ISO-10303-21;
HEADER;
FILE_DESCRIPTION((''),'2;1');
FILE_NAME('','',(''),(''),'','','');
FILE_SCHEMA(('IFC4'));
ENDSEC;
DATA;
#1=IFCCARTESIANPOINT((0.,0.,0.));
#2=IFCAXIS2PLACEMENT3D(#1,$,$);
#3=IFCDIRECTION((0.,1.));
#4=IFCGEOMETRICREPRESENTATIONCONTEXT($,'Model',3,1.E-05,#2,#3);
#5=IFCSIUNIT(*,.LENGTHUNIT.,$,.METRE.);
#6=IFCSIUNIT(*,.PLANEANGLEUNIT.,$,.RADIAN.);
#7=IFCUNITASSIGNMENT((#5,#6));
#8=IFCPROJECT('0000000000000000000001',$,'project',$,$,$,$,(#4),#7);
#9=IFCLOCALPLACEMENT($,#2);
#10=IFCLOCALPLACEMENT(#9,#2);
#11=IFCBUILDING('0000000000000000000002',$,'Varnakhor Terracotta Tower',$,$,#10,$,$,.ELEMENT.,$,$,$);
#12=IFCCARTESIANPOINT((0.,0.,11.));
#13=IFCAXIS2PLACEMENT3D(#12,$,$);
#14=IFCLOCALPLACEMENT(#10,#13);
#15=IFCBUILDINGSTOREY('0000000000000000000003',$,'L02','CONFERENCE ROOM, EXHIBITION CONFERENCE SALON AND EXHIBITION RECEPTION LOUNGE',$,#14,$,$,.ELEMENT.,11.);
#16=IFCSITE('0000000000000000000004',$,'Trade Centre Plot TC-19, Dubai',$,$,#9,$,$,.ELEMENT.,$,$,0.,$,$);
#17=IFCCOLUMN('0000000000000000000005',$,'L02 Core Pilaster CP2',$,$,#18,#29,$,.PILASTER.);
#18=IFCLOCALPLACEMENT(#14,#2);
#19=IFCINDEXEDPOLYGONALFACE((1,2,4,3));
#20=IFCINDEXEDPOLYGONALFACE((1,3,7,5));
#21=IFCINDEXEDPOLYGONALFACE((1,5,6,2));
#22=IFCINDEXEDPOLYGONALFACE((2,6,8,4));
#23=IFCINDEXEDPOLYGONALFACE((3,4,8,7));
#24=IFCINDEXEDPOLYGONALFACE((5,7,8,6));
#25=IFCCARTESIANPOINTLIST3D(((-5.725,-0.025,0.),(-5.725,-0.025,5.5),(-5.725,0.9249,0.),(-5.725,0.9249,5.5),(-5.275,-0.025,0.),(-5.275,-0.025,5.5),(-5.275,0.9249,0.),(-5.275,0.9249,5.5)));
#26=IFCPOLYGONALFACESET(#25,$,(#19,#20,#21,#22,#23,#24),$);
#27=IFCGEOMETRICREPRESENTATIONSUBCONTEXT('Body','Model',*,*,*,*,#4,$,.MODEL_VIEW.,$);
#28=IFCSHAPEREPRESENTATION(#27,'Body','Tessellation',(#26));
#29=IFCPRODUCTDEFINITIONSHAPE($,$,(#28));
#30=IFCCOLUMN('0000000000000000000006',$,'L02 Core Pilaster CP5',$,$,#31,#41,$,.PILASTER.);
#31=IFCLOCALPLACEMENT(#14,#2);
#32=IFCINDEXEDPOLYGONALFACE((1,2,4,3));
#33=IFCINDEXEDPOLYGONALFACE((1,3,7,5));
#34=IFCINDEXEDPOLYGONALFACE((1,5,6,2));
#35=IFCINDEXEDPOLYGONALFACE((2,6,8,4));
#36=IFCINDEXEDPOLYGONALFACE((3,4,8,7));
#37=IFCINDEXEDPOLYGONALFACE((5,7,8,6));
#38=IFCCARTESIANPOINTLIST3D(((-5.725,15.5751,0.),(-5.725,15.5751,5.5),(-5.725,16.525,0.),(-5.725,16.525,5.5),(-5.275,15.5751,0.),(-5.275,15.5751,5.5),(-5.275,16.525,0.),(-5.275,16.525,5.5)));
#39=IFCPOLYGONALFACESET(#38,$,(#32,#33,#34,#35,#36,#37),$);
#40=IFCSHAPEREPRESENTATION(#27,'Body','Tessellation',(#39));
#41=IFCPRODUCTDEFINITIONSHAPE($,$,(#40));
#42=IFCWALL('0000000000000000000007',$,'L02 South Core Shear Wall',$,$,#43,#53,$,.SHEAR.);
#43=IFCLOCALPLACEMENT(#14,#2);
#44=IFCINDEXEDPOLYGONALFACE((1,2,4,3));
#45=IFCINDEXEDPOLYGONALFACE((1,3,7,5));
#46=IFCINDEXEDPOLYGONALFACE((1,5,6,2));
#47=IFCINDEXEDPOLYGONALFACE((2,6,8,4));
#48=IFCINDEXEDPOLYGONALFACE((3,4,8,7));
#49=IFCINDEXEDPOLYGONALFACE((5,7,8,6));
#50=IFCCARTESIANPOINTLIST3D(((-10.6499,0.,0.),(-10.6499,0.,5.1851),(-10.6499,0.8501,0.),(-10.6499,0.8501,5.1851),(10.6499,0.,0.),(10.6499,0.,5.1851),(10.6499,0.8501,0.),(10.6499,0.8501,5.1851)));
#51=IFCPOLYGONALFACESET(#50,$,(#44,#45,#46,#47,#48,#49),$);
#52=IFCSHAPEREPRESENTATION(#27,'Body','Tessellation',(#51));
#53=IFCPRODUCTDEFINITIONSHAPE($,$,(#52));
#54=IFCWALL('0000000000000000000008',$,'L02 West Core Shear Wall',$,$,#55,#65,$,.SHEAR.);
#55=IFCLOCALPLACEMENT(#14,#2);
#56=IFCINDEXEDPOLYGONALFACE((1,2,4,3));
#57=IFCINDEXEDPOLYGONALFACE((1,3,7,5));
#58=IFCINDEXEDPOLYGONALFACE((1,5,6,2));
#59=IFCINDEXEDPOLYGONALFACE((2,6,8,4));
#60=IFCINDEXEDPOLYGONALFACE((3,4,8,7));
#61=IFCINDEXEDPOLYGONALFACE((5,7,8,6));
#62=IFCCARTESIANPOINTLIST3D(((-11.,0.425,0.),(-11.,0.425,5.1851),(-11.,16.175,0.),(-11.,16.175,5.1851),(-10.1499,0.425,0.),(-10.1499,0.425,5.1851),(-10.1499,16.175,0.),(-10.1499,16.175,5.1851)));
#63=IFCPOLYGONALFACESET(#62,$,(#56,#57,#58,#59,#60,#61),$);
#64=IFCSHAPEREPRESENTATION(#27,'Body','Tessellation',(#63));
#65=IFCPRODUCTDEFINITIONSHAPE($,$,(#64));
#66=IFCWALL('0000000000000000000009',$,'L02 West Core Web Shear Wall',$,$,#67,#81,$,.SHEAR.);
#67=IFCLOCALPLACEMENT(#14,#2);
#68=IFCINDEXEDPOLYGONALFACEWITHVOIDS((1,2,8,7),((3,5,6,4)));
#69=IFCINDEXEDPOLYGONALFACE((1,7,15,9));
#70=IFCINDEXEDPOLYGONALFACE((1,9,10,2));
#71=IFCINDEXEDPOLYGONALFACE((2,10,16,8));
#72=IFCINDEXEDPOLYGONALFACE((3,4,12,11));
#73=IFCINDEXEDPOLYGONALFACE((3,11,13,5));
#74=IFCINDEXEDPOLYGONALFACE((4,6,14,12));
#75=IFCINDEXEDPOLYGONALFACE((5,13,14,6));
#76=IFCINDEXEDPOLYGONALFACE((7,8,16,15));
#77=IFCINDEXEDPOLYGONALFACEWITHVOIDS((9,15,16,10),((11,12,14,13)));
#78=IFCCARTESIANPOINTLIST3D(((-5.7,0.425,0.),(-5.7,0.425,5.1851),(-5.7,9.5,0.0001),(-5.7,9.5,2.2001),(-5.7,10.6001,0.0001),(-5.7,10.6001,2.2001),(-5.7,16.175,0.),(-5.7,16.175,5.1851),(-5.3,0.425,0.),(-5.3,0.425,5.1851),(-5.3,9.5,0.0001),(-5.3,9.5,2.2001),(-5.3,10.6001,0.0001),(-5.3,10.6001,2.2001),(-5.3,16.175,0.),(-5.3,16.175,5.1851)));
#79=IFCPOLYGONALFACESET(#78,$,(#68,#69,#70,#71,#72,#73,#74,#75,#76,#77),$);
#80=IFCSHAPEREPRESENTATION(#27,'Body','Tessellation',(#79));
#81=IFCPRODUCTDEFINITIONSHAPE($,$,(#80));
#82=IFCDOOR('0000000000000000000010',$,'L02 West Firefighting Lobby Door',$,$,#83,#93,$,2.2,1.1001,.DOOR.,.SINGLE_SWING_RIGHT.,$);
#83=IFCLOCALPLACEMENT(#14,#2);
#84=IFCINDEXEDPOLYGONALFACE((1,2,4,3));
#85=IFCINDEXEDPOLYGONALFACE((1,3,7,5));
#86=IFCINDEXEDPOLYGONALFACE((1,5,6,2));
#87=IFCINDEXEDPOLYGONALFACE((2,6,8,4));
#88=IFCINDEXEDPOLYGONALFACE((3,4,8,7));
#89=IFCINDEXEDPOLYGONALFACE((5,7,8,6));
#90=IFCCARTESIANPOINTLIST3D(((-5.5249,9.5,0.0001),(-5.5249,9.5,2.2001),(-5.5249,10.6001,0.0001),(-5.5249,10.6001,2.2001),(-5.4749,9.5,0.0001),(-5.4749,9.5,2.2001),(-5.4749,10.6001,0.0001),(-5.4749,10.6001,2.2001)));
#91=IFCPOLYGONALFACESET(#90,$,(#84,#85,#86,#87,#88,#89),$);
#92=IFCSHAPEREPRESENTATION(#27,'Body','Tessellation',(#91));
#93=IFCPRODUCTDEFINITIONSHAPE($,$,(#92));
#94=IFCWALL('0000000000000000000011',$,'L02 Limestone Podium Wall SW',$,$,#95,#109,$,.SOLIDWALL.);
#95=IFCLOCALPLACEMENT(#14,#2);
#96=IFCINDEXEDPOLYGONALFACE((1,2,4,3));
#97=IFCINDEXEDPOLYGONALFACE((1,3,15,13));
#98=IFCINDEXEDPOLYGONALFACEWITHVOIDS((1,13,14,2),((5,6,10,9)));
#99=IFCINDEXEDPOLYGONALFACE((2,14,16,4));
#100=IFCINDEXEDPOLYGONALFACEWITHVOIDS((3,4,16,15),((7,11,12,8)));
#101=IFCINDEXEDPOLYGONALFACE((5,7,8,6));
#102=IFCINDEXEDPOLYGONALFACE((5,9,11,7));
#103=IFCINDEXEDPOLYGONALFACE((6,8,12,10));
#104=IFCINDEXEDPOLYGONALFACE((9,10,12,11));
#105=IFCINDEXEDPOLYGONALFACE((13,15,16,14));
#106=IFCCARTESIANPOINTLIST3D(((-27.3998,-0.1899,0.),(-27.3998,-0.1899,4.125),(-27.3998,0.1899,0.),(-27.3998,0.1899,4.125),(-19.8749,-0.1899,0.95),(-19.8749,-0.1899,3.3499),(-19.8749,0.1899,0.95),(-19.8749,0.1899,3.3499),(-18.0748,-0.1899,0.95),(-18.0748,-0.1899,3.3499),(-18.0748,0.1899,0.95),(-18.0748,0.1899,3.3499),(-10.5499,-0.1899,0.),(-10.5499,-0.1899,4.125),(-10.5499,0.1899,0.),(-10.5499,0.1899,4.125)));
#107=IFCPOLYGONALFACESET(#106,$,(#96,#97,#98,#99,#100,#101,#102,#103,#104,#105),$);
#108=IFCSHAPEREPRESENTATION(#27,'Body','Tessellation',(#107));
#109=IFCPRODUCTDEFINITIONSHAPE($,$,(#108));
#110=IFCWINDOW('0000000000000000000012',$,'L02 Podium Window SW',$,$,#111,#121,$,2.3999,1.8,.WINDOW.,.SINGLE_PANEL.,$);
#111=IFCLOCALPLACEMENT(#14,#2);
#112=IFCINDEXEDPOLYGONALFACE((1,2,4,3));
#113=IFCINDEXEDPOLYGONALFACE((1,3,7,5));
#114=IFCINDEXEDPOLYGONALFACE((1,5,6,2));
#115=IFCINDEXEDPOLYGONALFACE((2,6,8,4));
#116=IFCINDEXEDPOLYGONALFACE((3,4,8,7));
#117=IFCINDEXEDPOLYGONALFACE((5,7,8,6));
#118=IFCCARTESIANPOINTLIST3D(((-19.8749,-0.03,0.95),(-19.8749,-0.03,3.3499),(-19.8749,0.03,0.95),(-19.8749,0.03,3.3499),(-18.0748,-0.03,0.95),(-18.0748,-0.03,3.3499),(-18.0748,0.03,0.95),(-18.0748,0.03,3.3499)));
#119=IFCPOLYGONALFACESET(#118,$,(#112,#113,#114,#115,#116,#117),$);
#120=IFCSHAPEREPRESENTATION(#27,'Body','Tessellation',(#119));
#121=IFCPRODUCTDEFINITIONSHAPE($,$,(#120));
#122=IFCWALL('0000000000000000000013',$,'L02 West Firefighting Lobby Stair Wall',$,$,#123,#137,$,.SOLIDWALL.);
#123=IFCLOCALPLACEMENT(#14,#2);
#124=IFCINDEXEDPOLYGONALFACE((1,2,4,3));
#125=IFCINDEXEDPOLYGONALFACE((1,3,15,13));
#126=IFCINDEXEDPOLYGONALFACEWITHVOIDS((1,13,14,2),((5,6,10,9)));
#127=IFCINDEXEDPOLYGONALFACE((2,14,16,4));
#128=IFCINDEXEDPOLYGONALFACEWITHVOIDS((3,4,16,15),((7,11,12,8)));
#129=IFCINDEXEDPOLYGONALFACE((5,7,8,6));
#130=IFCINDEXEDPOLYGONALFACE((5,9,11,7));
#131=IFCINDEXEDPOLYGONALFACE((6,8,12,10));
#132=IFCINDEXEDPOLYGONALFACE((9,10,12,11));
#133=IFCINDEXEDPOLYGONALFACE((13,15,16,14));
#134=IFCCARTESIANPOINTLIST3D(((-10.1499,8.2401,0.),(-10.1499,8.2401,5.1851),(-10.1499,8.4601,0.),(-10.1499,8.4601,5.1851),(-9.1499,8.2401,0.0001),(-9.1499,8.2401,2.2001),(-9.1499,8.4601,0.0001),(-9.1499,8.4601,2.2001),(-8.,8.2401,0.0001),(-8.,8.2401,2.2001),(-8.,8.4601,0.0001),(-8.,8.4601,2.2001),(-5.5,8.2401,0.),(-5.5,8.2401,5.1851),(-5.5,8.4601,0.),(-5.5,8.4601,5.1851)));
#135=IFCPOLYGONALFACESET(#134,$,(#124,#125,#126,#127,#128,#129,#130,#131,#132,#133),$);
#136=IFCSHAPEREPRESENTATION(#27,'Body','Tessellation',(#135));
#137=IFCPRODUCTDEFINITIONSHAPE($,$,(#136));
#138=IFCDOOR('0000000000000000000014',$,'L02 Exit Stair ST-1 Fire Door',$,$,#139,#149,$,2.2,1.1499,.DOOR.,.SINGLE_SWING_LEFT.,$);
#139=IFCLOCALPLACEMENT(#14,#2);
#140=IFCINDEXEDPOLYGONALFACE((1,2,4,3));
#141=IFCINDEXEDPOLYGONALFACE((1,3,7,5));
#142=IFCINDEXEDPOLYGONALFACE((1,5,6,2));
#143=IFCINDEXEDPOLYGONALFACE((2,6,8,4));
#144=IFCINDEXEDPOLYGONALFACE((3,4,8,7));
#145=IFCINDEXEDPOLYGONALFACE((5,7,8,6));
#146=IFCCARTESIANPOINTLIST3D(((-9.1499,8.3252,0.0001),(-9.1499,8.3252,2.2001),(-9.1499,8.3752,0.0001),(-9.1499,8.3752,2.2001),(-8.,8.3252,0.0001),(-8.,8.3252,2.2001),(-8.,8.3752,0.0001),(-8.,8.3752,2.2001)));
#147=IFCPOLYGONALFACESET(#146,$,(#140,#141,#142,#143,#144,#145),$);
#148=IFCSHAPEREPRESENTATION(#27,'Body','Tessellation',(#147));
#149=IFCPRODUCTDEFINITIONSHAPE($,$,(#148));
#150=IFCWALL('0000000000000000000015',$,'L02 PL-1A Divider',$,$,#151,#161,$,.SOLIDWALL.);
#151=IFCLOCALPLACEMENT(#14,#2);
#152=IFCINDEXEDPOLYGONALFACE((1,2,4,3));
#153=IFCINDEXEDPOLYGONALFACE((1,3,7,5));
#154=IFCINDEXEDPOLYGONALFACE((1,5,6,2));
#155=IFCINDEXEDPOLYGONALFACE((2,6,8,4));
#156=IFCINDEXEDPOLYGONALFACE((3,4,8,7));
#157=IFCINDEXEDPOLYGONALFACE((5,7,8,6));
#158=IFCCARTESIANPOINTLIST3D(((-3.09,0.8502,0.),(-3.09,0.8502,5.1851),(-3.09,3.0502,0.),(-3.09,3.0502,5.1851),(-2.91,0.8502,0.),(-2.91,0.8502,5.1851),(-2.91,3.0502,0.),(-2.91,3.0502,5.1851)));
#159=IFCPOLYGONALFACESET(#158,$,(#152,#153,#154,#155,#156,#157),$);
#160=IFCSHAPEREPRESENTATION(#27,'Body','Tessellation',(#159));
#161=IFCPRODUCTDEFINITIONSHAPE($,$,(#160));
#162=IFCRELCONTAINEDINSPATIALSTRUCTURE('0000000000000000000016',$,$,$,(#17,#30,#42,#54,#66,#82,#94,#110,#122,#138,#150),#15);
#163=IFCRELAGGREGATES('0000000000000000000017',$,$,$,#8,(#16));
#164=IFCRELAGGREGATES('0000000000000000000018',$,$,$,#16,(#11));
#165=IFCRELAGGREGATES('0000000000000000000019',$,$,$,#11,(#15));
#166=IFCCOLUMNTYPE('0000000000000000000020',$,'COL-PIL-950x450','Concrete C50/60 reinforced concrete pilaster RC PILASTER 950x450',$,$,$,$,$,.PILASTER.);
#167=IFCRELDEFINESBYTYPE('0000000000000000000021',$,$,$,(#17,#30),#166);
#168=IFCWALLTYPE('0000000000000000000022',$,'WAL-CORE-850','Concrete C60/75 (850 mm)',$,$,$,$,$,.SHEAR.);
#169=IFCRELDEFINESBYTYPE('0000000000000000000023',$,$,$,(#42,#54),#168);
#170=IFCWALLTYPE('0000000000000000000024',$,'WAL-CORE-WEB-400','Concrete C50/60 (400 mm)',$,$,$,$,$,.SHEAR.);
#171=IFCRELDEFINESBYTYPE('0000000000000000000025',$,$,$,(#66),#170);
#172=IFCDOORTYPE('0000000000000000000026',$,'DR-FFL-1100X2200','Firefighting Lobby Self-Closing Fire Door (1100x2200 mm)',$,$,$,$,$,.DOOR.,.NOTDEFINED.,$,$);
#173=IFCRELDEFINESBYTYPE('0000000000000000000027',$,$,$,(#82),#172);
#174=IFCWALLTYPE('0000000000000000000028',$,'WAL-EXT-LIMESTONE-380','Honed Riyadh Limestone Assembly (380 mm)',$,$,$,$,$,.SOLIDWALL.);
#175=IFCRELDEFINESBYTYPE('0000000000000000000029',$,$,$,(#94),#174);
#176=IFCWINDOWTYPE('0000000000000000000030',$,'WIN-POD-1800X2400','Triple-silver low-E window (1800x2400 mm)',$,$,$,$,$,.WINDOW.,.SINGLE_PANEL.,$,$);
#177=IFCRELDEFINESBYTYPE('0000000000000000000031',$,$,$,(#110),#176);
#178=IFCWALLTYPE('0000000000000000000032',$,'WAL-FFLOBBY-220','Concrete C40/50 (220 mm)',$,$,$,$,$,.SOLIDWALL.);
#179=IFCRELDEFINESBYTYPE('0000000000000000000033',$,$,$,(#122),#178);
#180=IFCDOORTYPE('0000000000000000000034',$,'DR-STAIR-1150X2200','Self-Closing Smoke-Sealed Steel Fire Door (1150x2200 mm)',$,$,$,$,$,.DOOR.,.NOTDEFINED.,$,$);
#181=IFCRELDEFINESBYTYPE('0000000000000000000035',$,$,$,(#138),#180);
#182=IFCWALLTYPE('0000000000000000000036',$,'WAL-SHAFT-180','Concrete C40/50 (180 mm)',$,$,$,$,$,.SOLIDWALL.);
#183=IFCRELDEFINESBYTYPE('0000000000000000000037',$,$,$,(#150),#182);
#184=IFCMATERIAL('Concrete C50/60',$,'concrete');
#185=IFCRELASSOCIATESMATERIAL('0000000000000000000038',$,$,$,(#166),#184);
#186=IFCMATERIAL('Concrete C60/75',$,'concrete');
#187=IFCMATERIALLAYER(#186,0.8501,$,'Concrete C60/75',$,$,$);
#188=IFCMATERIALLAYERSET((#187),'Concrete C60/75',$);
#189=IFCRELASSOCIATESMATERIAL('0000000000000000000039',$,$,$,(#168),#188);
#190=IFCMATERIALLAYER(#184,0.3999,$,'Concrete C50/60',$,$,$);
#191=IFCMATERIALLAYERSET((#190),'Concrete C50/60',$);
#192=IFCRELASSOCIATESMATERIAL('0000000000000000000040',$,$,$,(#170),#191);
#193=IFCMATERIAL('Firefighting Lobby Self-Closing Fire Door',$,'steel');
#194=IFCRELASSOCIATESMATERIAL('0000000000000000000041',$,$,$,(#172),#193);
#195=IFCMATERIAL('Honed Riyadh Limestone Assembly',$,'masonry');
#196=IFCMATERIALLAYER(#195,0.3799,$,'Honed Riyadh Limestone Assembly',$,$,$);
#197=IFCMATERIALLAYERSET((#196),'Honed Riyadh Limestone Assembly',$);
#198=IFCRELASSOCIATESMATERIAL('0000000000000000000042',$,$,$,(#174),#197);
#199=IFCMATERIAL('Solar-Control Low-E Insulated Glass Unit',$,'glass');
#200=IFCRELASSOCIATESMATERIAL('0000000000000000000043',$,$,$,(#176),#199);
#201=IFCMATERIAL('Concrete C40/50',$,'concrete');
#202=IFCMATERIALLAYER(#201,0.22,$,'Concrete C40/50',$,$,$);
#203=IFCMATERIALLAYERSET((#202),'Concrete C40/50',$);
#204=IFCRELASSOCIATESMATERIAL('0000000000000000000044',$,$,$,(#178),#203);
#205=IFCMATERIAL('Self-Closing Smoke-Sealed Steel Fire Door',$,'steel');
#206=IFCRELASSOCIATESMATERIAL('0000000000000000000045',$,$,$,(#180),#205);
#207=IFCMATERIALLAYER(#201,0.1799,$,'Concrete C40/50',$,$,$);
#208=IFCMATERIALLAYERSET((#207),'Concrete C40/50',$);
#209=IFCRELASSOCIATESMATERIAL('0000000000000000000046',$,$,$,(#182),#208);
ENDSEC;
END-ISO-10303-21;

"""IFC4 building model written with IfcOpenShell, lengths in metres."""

from ifc_helpers import new_model, si_unit, direction, frame, frame_2d, origin, origin_2d, place, context, subcontext, project, spatial, rectangle, extrude, source, transform, mapped, material, layer, layer_set, material_profile, profile_set, type_object, type_shapes, element, fill, save


model = new_model("IFC4")

# Units and contexts
model_context = context("Model", 3, precision=1e-05, world=origin(), true_north=direction((0.0, 1.0)))
body_context = subcontext(model_context, "Body", "Model", "MODEL_VIEW")
ifc_project = project(units=[si_unit("LENGTHUNIT", "METRE"), si_unit("PLANEANGLEUNIT", "RADIAN")], contexts=[model_context])

# Site, building, storey
site_placement = place(None, origin())
site = spatial("IfcSite", under=ifc_project, at=site_placement, Name="Trade Centre Plot TC-19, Dubai", CompositionType="ELEMENT", RefElevation=0.0)
building_placement = place(site_placement, origin())
building = spatial("IfcBuilding", under=site, at=building_placement, Name="Varnakhor Terracotta Tower", CompositionType="ELEMENT")
storey_placement = place(building_placement, frame((0.0, 0.0, 11.0)))
storey = spatial("IfcBuildingStorey", under=building, at=storey_placement, Name="L02", Description="CONFERENCE ROOM, EXHIBITION CONFERENCE SALON AND EXHIBITION RECEPTION LOUNGE", CompositionType="ELEMENT", Elevation=11.0)

# Columns
ifc_material_1 = material(Name="Concrete C50/60", Category="concrete")
ifc_material_profile = material_profile(ifc_material_1, rectangle(XDim=0.45, YDim=0.95, at=origin_2d()), Name="RC PILASTER 950x450")
ifc_profile_set = profile_set([ifc_material_profile], Name="Concrete C50/60")
column_type = type_object("IfcColumnType", Name="COL-PIL-950x450", Description="Concrete C50/60 reinforced concrete pilaster RC PILASTER 950x450", PredefinedType="PILASTER", material=ifc_profile_set)
shared_shape_1 = source(origin(), body_context, "Body", "SweptSolid", [
    extrude(rectangle(XDim=0.45, YDim=0.95, at=origin_2d()), origin(), (0.0, 0.0, 1.0), 5.5),
])
for number, where, z_axis, x_axis, name in (
    (1, (-5.5, 0.45, 0.0), (0.0, 0.0, 1.0), (1.0, 0.0, 0.0), "L02 Core Pilaster CP2"),
    (2, (-5.5, 16.05, 0.0), (0.0, 0.0, 1.0), (1.0, 0.0, 0.0), "L02 Core Pilaster CP5"),
):
    element("IfcColumn", number, at=place(storey_placement, frame(where, z_axis=z_axis, x_axis=x_axis)), inside=storey, type_object=column_type, Name=name, PredefinedType="PILASTER", context=body_context, shape_type="MappedRepresentation", body=[
        mapped(shared_shape_1, transform((0.0, 0.0, 0.0), scale=1.0)),
    ])

# Walls
ifc_material_2 = material(Name="Concrete C60/75", Category="concrete")
ifc_layer_1 = layer(ifc_material_2, 0.8501, Name="Concrete C60/75")
ifc_layer_set_1 = layer_set([ifc_layer_1], Name="Concrete C60/75")
wall_type_1 = type_object("IfcWallType", Name="WAL-CORE-850", Description="Concrete C60/75 (850 mm)", PredefinedType="SHEAR", material=ifc_layer_set_1)
wall_1_placement = place(storey_placement, frame((-10.6499, 0.425, 0.0), z_axis=(0.0, 0.0, 1.0), x_axis=(1.0, 0.0, 0.0)))
element("IfcWall", 3, at=wall_1_placement, inside=storey, type_object=wall_type_1, Name="L02 South Core Shear Wall", PredefinedType="SHEAR", context=body_context, shape_type="SweptSolid", body=[
    extrude(rectangle(XDim=21.2998, YDim=0.8501, at=frame_2d((10.6499, 0.0))), origin(), (0.0, 0.0, 1.0), 5.1851),
])
wall_2_placement = place(storey_placement, frame((-10.575, 0.425, 0.0), z_axis=(0.0, 0.0, 1.0), x_axis=(0.0, 1.0, 0.0)))
element("IfcWall", 4, at=wall_2_placement, inside=storey, type_object=wall_type_1, Name="L02 West Core Shear Wall", PredefinedType="SHEAR", context=body_context, shape_type="SweptSolid", body=[
    extrude(rectangle(XDim=15.75, YDim=0.8501, at=frame_2d((7.875, 0.0))), origin(), (0.0, 0.0, 1.0), 5.1851),
])

# Wall, opening, door
ifc_layer_2 = layer(ifc_material_1, 0.3999, Name="Concrete C50/60")
ifc_layer_set_2 = layer_set([ifc_layer_2], Name="Concrete C50/60")
wall_type_2 = type_object("IfcWallType", Name="WAL-CORE-WEB-400", Description="Concrete C50/60 (400 mm)", PredefinedType="SHEAR", material=ifc_layer_set_2)
wall_3_placement = place(storey_placement, frame((-5.5, 0.425, 0.0), z_axis=(0.0, 0.0, 1.0), x_axis=(0.0, 1.0, 0.0)))
wall_3 = element("IfcWall", 5, at=wall_3_placement, inside=storey, type_object=wall_type_2, Name="L02 West Core Web Shear Wall", PredefinedType="SHEAR", context=body_context, shape_type="SweptSolid", body=[
    extrude(rectangle(XDim=15.75, YDim=0.3999, at=frame_2d((7.875, 0.0))), origin(), (0.0, 0.0, 1.0), 5.1851),
])
opening_1_placement = place(wall_3_placement, frame((9.075, 0.0, 0.0)))
opening_1 = element("IfcOpeningElement", 6, at=opening_1_placement, cuts=wall_3, PredefinedType="OPENING", context=body_context, shape_type="SweptSolid", body=[
    extrude(rectangle(XDim=1.1001, YDim=2.2, at=frame_2d((0.55, 1.1001))), frame((0.0, 0.21, 0.0), z_axis=(0.0, -1.0, 0.0), x_axis=(1.0, 0.0, 0.0)), (0.0, 0.0, 1.0), 0.4199),
])
ifc_material_3 = material(Name="Firefighting Lobby Self-Closing Fire Door", Category="steel")
door_type_1 = type_object("IfcDoorType", Name="DR-FFL-1100X2200", Description="Firefighting Lobby Self-Closing Fire Door (1100x2200 mm)", OperationType="NOTDEFINED", PredefinedType="DOOR", material=ifc_material_3)
shared_shape_2 = source(origin(), body_context, "Body", "SweptSolid", [
    extrude(rectangle(XDim=1.1001, YDim=2.2, at=frame_2d((0.55, 1.1001))), frame((0.0, 0.0249, 0.0), z_axis=(0.0, -1.0, 0.0), x_axis=(1.0, 0.0, 0.0)), (0.0, 0.0, 1.0), 0.05),
])
type_shapes(door_type_1, [shared_shape_2])
door_1_placement = place(opening_1_placement, origin())
door_1 = element("IfcDoor", 7, at=door_1_placement, inside=storey, type_object=door_type_1, Name="L02 West Firefighting Lobby Door", OperationType="SINGLE_SWING_RIGHT", OverallHeight=2.2, OverallWidth=1.1001, PredefinedType="DOOR", context=body_context, shape_type="MappedRepresentation", body=[
    mapped(shared_shape_2, transform((0.0, 0.0, 0.0), scale=1.0)),
])
fill(opening_1, door_1)

# Wall, opening, window
ifc_material_4 = material(Name="Honed Riyadh Limestone Assembly", Category="masonry")
ifc_layer_3 = layer(ifc_material_4, 0.3799, Name="Honed Riyadh Limestone Assembly")
ifc_layer_set_3 = layer_set([ifc_layer_3], Name="Honed Riyadh Limestone Assembly")
wall_type_3 = type_object("IfcWallType", Name="WAL-EXT-LIMESTONE-380", Description="Honed Riyadh Limestone Assembly (380 mm)", PredefinedType="SOLIDWALL", material=ifc_layer_set_3)
wall_4_placement = place(storey_placement, frame((-10.55, 0.0, 0.0), z_axis=(0.0, 0.0, 1.0), x_axis=(-1.0, 0.0, 0.0)))
wall_4 = element("IfcWall", 8, at=wall_4_placement, inside=storey, type_object=wall_type_3, Name="L02 Limestone Podium Wall SW", PredefinedType="SOLIDWALL", context=body_context, shape_type="SweptSolid", body=[
    extrude(rectangle(XDim=16.8499, YDim=0.3799, at=frame_2d((8.4248, 0.0))), origin(), (0.0, 0.0, 1.0), 4.125),
])
opening_2_placement = place(wall_4_placement, frame((7.5249, 0.0, 0.95)))
opening_2 = element("IfcOpeningElement", 9, at=opening_2_placement, cuts=wall_4, PredefinedType="OPENING", context=body_context, shape_type="SweptSolid", body=[
    extrude(rectangle(XDim=1.8, YDim=2.3999, at=frame_2d((0.8999, 1.2))), frame((0.0, 0.2, 0.0), z_axis=(0.0, -1.0, 0.0), x_axis=(1.0, 0.0, 0.0)), (0.0, 0.0, 1.0), 0.3999),
])
ifc_material_5 = material(Name="Solar-Control Low-E Insulated Glass Unit", Category="glass")
window_type = type_object("IfcWindowType", Name="WIN-POD-1800X2400", Description="Triple-silver low-E window (1800x2400 mm)", PartitioningType="SINGLE_PANEL", PredefinedType="WINDOW", material=ifc_material_5)
shared_shape_3 = source(origin(), body_context, "Body", "SweptSolid", [
    extrude(rectangle(XDim=1.8, YDim=2.3999, at=frame_2d((0.8999, 1.2))), frame((0.0, 0.03, 0.0), z_axis=(0.0, -1.0, 0.0), x_axis=(1.0, 0.0, 0.0)), (0.0, 0.0, 1.0), 0.0601),
])
type_shapes(window_type, [shared_shape_3])
window_placement = place(opening_2_placement, origin())
window = element("IfcWindow", 10, at=window_placement, inside=storey, type_object=window_type, Name="L02 Podium Window SW", OverallHeight=2.3999, OverallWidth=1.8, PartitioningType="SINGLE_PANEL", PredefinedType="WINDOW", context=body_context, shape_type="MappedRepresentation", body=[
    mapped(shared_shape_3, transform((0.0, 0.0, 0.0), scale=1.0)),
])
fill(opening_2, window)

# Wall, opening, door
ifc_material_6 = material(Name="Concrete C40/50", Category="concrete")
ifc_layer_4 = layer(ifc_material_6, 0.22, Name="Concrete C40/50")
ifc_layer_set_4 = layer_set([ifc_layer_4], Name="Concrete C40/50")
wall_type_4 = type_object("IfcWallType", Name="WAL-FFLOBBY-220", Description="Concrete C40/50 (220 mm)", PredefinedType="SOLIDWALL", material=ifc_layer_set_4)
wall_5_placement = place(storey_placement, frame((-5.5, 8.3501, 0.0), z_axis=(0.0, 0.0, 1.0), x_axis=(-1.0, 0.0, 0.0)))
wall_5 = element("IfcWall", 11, at=wall_5_placement, inside=storey, type_object=wall_type_4, Name="L02 West Firefighting Lobby Stair Wall", PredefinedType="SOLIDWALL", context=body_context, shape_type="SweptSolid", body=[
    extrude(rectangle(XDim=4.6499, YDim=0.22, at=frame_2d((2.325, 0.0))), origin(), (0.0, 0.0, 1.0), 5.1851),
])
opening_3_placement = place(wall_5_placement, frame((2.5, 0.0, 0.0)))
opening_3 = element("IfcOpeningElement", 12, at=opening_3_placement, cuts=wall_5, PredefinedType="OPENING", context=body_context, shape_type="SweptSolid", body=[
    extrude(rectangle(XDim=1.1499, YDim=2.2, at=frame_2d((0.575, 1.1001))), frame((0.0, 0.1201, 0.0), z_axis=(0.0, -1.0, 0.0), x_axis=(1.0, 0.0, 0.0)), (0.0, 0.0, 1.0), 0.24),
])
ifc_material_7 = material(Name="Self-Closing Smoke-Sealed Steel Fire Door", Category="steel")
door_type_2 = type_object("IfcDoorType", Name="DR-STAIR-1150X2200", Description="Self-Closing Smoke-Sealed Steel Fire Door (1150x2200 mm)", OperationType="NOTDEFINED", PredefinedType="DOOR", material=ifc_material_7)
shared_shape_4 = source(origin(), body_context, "Body", "SweptSolid", [
    extrude(rectangle(XDim=1.1499, YDim=2.2, at=frame_2d((0.575, 1.1001))), frame((0.0, 0.0249, 0.0), z_axis=(0.0, -1.0, 0.0), x_axis=(1.0, 0.0, 0.0)), (0.0, 0.0, 1.0), 0.05),
])
type_shapes(door_type_2, [shared_shape_4])
door_2_placement = place(opening_3_placement, origin())
door_2 = element("IfcDoor", 13, at=door_2_placement, inside=storey, type_object=door_type_2, Name="L02 Exit Stair ST-1 Fire Door", OperationType="SINGLE_SWING_LEFT", OverallHeight=2.2, OverallWidth=1.1499, PredefinedType="DOOR", context=body_context, shape_type="MappedRepresentation", body=[
    mapped(shared_shape_4, transform((0.0, 0.0, 0.0), scale=1.0)),
])
fill(opening_3, door_2)

# Wall
ifc_layer_5 = layer(ifc_material_6, 0.1799, Name="Concrete C40/50")
ifc_layer_set_5 = layer_set([ifc_layer_5], Name="Concrete C40/50")
wall_type_5 = type_object("IfcWallType", Name="WAL-SHAFT-180", Description="Concrete C40/50 (180 mm)", PredefinedType="SOLIDWALL", material=ifc_layer_set_5)
for number, where, z_axis, x_axis, name in (
    (14, (-3.0, 0.8501, 0.0), (0.0, 0.0, 1.0), (0.0, 1.0, 0.0), "L02 PL-1A Divider"),
):
    element("IfcWall", number, at=place(storey_placement, frame(where, z_axis=z_axis, x_axis=x_axis)), inside=storey, type_object=wall_type_5, Name=name, PredefinedType="SOLIDWALL", context=body_context, shape_type="SweptSolid", body=[
        extrude(rectangle(XDim=2.2, YDim=0.1799, at=frame_2d((1.1001, 0.0))), origin(), (0.0, 0.0, 1.0), 5.1851),
    ])

save(model, "model.ifc")
